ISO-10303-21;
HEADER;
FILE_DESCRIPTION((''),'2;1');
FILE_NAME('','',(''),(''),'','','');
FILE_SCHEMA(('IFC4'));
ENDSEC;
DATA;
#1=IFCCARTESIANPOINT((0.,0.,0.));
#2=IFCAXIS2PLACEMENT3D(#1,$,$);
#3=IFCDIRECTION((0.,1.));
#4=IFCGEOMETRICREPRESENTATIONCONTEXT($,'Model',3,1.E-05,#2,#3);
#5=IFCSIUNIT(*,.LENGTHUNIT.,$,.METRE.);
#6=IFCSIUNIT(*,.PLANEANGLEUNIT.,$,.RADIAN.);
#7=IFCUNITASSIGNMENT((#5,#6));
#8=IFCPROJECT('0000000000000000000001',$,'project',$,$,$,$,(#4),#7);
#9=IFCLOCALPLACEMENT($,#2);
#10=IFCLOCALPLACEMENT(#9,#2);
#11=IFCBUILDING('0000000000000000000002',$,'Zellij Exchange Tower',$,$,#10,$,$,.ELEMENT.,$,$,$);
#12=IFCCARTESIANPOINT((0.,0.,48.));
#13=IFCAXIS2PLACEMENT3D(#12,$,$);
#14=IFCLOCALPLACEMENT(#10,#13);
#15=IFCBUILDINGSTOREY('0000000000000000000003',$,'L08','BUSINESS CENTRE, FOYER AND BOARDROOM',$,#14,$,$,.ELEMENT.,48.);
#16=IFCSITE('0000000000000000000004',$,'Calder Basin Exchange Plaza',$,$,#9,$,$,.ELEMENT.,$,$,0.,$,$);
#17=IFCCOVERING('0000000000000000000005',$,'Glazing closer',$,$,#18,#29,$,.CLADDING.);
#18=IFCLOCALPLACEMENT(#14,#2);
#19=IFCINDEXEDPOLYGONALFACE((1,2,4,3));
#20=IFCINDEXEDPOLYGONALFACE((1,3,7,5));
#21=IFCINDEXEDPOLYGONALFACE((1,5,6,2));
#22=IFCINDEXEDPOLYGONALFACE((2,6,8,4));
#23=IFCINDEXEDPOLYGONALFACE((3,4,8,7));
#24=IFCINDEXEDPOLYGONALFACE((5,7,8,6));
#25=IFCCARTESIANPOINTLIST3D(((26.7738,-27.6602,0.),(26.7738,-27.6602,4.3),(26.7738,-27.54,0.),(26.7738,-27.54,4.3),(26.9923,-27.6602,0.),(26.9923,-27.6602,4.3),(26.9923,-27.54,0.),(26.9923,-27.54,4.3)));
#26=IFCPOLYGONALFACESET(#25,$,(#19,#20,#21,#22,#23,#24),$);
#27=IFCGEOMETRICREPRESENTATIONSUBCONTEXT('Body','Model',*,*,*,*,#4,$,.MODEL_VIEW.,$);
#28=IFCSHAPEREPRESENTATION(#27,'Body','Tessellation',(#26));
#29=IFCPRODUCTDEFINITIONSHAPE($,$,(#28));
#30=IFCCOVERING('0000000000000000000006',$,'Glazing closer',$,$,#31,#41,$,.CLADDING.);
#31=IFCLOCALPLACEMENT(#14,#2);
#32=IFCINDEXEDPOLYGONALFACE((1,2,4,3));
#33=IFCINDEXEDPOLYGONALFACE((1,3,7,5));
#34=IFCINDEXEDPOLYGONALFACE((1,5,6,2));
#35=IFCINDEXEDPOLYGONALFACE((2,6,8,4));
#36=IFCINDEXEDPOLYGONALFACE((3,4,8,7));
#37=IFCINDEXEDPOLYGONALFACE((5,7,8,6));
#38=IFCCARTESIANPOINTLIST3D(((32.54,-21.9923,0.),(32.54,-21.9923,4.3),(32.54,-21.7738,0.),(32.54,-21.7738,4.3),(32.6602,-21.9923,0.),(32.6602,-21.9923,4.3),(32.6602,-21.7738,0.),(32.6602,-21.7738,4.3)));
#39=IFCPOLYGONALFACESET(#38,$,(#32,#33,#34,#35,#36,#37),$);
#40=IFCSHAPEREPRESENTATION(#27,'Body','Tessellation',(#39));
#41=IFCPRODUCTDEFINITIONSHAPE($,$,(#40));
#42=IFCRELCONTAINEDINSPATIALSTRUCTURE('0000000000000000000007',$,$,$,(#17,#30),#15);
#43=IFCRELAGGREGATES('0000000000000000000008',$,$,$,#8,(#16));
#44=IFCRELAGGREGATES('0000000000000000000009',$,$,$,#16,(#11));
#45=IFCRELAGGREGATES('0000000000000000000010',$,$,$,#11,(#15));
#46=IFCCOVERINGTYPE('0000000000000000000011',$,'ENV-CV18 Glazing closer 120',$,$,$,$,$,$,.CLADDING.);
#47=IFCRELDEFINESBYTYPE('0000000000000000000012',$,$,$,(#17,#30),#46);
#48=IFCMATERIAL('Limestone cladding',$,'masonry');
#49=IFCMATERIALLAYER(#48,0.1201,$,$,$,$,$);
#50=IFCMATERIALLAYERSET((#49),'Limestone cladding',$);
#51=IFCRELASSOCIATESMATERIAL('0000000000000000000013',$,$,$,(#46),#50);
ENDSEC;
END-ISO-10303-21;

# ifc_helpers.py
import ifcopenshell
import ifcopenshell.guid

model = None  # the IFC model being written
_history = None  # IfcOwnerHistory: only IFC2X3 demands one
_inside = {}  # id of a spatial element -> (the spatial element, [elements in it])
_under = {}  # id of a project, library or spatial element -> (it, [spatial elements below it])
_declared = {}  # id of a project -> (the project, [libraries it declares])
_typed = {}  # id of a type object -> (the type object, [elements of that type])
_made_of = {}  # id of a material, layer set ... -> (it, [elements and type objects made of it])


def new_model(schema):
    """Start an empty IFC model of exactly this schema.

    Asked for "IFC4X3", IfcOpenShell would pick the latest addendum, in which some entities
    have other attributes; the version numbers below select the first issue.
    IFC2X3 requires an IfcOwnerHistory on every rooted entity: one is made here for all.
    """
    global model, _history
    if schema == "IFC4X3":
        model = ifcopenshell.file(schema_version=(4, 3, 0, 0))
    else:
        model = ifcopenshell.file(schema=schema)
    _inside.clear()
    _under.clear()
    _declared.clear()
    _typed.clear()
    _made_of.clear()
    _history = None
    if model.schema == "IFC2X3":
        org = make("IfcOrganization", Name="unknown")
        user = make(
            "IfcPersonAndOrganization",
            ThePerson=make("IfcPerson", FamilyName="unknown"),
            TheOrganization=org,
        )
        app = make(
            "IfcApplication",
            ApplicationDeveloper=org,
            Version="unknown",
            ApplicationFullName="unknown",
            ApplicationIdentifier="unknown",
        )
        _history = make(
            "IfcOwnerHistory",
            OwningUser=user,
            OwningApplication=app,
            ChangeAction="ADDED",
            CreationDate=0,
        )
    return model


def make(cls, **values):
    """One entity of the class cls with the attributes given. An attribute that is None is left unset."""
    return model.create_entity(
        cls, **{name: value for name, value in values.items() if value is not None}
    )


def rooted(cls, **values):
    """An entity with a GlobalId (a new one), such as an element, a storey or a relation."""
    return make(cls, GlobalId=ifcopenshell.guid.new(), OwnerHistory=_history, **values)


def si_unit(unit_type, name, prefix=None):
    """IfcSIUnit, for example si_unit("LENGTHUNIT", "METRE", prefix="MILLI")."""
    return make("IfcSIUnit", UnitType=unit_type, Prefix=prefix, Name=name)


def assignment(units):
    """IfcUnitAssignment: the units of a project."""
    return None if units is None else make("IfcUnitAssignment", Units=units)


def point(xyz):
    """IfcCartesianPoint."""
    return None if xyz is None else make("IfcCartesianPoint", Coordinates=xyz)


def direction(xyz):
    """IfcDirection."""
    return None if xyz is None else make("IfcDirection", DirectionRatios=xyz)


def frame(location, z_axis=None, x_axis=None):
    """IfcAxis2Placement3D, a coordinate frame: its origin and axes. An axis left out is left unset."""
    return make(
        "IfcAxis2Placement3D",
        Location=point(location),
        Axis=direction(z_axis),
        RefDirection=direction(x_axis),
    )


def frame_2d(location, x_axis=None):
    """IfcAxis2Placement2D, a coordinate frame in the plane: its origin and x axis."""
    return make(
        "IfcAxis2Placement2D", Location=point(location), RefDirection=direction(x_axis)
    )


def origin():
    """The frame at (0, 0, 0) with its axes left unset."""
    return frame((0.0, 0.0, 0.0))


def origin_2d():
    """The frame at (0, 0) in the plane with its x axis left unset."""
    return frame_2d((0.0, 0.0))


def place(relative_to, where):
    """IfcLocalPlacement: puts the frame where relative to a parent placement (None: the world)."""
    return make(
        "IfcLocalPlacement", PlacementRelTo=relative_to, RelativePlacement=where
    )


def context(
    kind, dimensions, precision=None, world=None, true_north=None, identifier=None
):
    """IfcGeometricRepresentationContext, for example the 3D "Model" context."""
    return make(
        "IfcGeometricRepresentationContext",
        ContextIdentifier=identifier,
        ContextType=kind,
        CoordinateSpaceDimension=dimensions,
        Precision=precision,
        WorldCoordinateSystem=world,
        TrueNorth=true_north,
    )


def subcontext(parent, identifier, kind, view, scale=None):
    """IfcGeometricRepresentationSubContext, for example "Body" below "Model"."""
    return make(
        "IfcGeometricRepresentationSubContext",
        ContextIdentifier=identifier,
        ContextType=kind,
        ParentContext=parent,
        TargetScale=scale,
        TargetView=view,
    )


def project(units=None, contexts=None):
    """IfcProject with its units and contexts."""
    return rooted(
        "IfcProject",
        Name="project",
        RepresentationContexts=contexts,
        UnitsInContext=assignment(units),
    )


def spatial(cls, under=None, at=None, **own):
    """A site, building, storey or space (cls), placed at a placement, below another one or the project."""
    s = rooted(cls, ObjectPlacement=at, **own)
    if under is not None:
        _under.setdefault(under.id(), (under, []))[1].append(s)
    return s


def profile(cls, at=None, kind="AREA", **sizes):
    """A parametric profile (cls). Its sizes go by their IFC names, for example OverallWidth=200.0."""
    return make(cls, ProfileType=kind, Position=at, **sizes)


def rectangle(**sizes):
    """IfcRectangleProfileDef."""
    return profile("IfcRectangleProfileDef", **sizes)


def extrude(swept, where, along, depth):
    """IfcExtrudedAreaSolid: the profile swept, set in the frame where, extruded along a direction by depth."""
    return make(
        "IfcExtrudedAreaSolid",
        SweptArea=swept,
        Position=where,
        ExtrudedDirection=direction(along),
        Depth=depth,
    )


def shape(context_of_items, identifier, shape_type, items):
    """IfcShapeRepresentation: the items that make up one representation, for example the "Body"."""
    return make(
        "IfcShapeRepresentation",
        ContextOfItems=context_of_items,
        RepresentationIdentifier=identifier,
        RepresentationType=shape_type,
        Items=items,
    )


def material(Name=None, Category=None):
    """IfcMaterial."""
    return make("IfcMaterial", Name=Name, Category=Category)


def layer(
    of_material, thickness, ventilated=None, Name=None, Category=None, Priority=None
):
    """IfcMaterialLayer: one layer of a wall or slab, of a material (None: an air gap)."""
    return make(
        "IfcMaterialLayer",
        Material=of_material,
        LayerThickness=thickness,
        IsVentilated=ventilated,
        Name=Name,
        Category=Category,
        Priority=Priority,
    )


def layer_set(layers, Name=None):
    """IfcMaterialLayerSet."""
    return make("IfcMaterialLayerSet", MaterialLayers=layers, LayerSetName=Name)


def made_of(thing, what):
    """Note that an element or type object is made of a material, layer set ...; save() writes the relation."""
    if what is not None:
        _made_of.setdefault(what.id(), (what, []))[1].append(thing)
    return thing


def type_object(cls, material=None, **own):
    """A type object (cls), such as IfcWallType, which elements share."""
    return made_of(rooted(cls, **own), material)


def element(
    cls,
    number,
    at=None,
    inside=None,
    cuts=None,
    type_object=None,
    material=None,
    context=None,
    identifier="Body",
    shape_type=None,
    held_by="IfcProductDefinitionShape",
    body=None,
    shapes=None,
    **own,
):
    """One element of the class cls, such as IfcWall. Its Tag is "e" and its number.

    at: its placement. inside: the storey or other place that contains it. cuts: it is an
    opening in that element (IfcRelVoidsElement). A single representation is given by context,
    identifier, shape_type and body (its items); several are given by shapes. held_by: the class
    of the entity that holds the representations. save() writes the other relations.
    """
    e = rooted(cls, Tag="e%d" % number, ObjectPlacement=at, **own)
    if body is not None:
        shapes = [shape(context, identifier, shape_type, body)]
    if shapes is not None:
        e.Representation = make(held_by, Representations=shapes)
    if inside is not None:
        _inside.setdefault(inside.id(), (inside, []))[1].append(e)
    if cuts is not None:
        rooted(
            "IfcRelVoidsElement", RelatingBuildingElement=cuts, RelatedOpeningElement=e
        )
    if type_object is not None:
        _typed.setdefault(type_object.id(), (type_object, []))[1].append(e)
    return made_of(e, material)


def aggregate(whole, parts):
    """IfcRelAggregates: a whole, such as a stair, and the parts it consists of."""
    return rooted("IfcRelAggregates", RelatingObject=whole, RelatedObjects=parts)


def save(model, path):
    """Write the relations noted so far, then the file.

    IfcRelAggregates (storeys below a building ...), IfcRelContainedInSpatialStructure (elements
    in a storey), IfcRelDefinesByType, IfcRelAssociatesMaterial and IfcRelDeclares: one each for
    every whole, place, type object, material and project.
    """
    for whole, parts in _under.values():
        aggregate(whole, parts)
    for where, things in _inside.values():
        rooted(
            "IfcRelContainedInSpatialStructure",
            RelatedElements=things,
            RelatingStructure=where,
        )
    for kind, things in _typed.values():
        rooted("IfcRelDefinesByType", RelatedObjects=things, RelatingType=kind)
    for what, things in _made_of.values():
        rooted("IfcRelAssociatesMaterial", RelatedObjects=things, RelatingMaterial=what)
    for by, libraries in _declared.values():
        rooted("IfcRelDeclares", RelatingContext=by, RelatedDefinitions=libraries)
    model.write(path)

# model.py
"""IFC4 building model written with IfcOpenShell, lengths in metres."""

from ifc_helpers import new_model, si_unit, direction, frame, origin, origin_2d, place, context, subcontext, project, spatial, rectangle, extrude, material, layer, layer_set, type_object, element, save


model = new_model("IFC4")

# Units and contexts
model_context = context("Model", 3, precision=1e-05, world=origin(), true_north=direction((0.0, 1.0)))
body_context = subcontext(model_context, "Body", "Model", "MODEL_VIEW")
ifc_project = project(units=[si_unit("LENGTHUNIT", "METRE"), si_unit("PLANEANGLEUNIT", "RADIAN")], contexts=[model_context])

# Site, building, storey
site_placement = place(None, origin())
site = spatial("IfcSite", under=ifc_project, at=site_placement, Name="Calder Basin Exchange Plaza", CompositionType="ELEMENT", RefElevation=0.0)
building_placement = place(site_placement, origin())
building = spatial("IfcBuilding", under=site, at=building_placement, Name="Zellij Exchange Tower", CompositionType="ELEMENT")
storey_placement = place(building_placement, frame((0.0, 0.0, 48.0)))
storey = spatial("IfcBuildingStorey", under=building, at=storey_placement, Name="L08", Description="BUSINESS CENTRE, FOYER AND BOARDROOM", CompositionType="ELEMENT", Elevation=48.0)

# Coverings
ifc_material_1 = material(Name="Limestone cladding", Category="masonry")
ifc_layer_1 = layer(ifc_material_1, 0.1201)
ifc_layer_set_1 = layer_set([ifc_layer_1], Name="Limestone cladding")
covering_type = type_object("IfcCoveringType", Name="ENV-CV18 Glazing closer 120", PredefinedType="CLADDING", material=ifc_layer_set_1)
for number, where, z_axis, x_axis, name in (
    (1, (26.8831, -27.6001, 0.0), (0.0, 0.0, 1.0), (1.0, 0.0, 0.0), "Glazing closer"),
    (2, (32.6001, -21.8831, 0.0), (0.0, 0.0, 1.0), (0.0, -1.0, 0.0), "Glazing closer"),
):
    element("IfcCovering", number, at=place(storey_placement, frame(where, z_axis=z_axis, x_axis=x_axis)), inside=storey, type_object=covering_type, Name=name, PredefinedType="CLADDING", context=body_context, shape_type="SweptSolid", body=[
        extrude(rectangle(XDim=0.2185, YDim=0.1201, at=origin_2d()), origin(), (0.0, 0.0, 1.0), 4.3),
    ])

save(model, "model.ifc")
